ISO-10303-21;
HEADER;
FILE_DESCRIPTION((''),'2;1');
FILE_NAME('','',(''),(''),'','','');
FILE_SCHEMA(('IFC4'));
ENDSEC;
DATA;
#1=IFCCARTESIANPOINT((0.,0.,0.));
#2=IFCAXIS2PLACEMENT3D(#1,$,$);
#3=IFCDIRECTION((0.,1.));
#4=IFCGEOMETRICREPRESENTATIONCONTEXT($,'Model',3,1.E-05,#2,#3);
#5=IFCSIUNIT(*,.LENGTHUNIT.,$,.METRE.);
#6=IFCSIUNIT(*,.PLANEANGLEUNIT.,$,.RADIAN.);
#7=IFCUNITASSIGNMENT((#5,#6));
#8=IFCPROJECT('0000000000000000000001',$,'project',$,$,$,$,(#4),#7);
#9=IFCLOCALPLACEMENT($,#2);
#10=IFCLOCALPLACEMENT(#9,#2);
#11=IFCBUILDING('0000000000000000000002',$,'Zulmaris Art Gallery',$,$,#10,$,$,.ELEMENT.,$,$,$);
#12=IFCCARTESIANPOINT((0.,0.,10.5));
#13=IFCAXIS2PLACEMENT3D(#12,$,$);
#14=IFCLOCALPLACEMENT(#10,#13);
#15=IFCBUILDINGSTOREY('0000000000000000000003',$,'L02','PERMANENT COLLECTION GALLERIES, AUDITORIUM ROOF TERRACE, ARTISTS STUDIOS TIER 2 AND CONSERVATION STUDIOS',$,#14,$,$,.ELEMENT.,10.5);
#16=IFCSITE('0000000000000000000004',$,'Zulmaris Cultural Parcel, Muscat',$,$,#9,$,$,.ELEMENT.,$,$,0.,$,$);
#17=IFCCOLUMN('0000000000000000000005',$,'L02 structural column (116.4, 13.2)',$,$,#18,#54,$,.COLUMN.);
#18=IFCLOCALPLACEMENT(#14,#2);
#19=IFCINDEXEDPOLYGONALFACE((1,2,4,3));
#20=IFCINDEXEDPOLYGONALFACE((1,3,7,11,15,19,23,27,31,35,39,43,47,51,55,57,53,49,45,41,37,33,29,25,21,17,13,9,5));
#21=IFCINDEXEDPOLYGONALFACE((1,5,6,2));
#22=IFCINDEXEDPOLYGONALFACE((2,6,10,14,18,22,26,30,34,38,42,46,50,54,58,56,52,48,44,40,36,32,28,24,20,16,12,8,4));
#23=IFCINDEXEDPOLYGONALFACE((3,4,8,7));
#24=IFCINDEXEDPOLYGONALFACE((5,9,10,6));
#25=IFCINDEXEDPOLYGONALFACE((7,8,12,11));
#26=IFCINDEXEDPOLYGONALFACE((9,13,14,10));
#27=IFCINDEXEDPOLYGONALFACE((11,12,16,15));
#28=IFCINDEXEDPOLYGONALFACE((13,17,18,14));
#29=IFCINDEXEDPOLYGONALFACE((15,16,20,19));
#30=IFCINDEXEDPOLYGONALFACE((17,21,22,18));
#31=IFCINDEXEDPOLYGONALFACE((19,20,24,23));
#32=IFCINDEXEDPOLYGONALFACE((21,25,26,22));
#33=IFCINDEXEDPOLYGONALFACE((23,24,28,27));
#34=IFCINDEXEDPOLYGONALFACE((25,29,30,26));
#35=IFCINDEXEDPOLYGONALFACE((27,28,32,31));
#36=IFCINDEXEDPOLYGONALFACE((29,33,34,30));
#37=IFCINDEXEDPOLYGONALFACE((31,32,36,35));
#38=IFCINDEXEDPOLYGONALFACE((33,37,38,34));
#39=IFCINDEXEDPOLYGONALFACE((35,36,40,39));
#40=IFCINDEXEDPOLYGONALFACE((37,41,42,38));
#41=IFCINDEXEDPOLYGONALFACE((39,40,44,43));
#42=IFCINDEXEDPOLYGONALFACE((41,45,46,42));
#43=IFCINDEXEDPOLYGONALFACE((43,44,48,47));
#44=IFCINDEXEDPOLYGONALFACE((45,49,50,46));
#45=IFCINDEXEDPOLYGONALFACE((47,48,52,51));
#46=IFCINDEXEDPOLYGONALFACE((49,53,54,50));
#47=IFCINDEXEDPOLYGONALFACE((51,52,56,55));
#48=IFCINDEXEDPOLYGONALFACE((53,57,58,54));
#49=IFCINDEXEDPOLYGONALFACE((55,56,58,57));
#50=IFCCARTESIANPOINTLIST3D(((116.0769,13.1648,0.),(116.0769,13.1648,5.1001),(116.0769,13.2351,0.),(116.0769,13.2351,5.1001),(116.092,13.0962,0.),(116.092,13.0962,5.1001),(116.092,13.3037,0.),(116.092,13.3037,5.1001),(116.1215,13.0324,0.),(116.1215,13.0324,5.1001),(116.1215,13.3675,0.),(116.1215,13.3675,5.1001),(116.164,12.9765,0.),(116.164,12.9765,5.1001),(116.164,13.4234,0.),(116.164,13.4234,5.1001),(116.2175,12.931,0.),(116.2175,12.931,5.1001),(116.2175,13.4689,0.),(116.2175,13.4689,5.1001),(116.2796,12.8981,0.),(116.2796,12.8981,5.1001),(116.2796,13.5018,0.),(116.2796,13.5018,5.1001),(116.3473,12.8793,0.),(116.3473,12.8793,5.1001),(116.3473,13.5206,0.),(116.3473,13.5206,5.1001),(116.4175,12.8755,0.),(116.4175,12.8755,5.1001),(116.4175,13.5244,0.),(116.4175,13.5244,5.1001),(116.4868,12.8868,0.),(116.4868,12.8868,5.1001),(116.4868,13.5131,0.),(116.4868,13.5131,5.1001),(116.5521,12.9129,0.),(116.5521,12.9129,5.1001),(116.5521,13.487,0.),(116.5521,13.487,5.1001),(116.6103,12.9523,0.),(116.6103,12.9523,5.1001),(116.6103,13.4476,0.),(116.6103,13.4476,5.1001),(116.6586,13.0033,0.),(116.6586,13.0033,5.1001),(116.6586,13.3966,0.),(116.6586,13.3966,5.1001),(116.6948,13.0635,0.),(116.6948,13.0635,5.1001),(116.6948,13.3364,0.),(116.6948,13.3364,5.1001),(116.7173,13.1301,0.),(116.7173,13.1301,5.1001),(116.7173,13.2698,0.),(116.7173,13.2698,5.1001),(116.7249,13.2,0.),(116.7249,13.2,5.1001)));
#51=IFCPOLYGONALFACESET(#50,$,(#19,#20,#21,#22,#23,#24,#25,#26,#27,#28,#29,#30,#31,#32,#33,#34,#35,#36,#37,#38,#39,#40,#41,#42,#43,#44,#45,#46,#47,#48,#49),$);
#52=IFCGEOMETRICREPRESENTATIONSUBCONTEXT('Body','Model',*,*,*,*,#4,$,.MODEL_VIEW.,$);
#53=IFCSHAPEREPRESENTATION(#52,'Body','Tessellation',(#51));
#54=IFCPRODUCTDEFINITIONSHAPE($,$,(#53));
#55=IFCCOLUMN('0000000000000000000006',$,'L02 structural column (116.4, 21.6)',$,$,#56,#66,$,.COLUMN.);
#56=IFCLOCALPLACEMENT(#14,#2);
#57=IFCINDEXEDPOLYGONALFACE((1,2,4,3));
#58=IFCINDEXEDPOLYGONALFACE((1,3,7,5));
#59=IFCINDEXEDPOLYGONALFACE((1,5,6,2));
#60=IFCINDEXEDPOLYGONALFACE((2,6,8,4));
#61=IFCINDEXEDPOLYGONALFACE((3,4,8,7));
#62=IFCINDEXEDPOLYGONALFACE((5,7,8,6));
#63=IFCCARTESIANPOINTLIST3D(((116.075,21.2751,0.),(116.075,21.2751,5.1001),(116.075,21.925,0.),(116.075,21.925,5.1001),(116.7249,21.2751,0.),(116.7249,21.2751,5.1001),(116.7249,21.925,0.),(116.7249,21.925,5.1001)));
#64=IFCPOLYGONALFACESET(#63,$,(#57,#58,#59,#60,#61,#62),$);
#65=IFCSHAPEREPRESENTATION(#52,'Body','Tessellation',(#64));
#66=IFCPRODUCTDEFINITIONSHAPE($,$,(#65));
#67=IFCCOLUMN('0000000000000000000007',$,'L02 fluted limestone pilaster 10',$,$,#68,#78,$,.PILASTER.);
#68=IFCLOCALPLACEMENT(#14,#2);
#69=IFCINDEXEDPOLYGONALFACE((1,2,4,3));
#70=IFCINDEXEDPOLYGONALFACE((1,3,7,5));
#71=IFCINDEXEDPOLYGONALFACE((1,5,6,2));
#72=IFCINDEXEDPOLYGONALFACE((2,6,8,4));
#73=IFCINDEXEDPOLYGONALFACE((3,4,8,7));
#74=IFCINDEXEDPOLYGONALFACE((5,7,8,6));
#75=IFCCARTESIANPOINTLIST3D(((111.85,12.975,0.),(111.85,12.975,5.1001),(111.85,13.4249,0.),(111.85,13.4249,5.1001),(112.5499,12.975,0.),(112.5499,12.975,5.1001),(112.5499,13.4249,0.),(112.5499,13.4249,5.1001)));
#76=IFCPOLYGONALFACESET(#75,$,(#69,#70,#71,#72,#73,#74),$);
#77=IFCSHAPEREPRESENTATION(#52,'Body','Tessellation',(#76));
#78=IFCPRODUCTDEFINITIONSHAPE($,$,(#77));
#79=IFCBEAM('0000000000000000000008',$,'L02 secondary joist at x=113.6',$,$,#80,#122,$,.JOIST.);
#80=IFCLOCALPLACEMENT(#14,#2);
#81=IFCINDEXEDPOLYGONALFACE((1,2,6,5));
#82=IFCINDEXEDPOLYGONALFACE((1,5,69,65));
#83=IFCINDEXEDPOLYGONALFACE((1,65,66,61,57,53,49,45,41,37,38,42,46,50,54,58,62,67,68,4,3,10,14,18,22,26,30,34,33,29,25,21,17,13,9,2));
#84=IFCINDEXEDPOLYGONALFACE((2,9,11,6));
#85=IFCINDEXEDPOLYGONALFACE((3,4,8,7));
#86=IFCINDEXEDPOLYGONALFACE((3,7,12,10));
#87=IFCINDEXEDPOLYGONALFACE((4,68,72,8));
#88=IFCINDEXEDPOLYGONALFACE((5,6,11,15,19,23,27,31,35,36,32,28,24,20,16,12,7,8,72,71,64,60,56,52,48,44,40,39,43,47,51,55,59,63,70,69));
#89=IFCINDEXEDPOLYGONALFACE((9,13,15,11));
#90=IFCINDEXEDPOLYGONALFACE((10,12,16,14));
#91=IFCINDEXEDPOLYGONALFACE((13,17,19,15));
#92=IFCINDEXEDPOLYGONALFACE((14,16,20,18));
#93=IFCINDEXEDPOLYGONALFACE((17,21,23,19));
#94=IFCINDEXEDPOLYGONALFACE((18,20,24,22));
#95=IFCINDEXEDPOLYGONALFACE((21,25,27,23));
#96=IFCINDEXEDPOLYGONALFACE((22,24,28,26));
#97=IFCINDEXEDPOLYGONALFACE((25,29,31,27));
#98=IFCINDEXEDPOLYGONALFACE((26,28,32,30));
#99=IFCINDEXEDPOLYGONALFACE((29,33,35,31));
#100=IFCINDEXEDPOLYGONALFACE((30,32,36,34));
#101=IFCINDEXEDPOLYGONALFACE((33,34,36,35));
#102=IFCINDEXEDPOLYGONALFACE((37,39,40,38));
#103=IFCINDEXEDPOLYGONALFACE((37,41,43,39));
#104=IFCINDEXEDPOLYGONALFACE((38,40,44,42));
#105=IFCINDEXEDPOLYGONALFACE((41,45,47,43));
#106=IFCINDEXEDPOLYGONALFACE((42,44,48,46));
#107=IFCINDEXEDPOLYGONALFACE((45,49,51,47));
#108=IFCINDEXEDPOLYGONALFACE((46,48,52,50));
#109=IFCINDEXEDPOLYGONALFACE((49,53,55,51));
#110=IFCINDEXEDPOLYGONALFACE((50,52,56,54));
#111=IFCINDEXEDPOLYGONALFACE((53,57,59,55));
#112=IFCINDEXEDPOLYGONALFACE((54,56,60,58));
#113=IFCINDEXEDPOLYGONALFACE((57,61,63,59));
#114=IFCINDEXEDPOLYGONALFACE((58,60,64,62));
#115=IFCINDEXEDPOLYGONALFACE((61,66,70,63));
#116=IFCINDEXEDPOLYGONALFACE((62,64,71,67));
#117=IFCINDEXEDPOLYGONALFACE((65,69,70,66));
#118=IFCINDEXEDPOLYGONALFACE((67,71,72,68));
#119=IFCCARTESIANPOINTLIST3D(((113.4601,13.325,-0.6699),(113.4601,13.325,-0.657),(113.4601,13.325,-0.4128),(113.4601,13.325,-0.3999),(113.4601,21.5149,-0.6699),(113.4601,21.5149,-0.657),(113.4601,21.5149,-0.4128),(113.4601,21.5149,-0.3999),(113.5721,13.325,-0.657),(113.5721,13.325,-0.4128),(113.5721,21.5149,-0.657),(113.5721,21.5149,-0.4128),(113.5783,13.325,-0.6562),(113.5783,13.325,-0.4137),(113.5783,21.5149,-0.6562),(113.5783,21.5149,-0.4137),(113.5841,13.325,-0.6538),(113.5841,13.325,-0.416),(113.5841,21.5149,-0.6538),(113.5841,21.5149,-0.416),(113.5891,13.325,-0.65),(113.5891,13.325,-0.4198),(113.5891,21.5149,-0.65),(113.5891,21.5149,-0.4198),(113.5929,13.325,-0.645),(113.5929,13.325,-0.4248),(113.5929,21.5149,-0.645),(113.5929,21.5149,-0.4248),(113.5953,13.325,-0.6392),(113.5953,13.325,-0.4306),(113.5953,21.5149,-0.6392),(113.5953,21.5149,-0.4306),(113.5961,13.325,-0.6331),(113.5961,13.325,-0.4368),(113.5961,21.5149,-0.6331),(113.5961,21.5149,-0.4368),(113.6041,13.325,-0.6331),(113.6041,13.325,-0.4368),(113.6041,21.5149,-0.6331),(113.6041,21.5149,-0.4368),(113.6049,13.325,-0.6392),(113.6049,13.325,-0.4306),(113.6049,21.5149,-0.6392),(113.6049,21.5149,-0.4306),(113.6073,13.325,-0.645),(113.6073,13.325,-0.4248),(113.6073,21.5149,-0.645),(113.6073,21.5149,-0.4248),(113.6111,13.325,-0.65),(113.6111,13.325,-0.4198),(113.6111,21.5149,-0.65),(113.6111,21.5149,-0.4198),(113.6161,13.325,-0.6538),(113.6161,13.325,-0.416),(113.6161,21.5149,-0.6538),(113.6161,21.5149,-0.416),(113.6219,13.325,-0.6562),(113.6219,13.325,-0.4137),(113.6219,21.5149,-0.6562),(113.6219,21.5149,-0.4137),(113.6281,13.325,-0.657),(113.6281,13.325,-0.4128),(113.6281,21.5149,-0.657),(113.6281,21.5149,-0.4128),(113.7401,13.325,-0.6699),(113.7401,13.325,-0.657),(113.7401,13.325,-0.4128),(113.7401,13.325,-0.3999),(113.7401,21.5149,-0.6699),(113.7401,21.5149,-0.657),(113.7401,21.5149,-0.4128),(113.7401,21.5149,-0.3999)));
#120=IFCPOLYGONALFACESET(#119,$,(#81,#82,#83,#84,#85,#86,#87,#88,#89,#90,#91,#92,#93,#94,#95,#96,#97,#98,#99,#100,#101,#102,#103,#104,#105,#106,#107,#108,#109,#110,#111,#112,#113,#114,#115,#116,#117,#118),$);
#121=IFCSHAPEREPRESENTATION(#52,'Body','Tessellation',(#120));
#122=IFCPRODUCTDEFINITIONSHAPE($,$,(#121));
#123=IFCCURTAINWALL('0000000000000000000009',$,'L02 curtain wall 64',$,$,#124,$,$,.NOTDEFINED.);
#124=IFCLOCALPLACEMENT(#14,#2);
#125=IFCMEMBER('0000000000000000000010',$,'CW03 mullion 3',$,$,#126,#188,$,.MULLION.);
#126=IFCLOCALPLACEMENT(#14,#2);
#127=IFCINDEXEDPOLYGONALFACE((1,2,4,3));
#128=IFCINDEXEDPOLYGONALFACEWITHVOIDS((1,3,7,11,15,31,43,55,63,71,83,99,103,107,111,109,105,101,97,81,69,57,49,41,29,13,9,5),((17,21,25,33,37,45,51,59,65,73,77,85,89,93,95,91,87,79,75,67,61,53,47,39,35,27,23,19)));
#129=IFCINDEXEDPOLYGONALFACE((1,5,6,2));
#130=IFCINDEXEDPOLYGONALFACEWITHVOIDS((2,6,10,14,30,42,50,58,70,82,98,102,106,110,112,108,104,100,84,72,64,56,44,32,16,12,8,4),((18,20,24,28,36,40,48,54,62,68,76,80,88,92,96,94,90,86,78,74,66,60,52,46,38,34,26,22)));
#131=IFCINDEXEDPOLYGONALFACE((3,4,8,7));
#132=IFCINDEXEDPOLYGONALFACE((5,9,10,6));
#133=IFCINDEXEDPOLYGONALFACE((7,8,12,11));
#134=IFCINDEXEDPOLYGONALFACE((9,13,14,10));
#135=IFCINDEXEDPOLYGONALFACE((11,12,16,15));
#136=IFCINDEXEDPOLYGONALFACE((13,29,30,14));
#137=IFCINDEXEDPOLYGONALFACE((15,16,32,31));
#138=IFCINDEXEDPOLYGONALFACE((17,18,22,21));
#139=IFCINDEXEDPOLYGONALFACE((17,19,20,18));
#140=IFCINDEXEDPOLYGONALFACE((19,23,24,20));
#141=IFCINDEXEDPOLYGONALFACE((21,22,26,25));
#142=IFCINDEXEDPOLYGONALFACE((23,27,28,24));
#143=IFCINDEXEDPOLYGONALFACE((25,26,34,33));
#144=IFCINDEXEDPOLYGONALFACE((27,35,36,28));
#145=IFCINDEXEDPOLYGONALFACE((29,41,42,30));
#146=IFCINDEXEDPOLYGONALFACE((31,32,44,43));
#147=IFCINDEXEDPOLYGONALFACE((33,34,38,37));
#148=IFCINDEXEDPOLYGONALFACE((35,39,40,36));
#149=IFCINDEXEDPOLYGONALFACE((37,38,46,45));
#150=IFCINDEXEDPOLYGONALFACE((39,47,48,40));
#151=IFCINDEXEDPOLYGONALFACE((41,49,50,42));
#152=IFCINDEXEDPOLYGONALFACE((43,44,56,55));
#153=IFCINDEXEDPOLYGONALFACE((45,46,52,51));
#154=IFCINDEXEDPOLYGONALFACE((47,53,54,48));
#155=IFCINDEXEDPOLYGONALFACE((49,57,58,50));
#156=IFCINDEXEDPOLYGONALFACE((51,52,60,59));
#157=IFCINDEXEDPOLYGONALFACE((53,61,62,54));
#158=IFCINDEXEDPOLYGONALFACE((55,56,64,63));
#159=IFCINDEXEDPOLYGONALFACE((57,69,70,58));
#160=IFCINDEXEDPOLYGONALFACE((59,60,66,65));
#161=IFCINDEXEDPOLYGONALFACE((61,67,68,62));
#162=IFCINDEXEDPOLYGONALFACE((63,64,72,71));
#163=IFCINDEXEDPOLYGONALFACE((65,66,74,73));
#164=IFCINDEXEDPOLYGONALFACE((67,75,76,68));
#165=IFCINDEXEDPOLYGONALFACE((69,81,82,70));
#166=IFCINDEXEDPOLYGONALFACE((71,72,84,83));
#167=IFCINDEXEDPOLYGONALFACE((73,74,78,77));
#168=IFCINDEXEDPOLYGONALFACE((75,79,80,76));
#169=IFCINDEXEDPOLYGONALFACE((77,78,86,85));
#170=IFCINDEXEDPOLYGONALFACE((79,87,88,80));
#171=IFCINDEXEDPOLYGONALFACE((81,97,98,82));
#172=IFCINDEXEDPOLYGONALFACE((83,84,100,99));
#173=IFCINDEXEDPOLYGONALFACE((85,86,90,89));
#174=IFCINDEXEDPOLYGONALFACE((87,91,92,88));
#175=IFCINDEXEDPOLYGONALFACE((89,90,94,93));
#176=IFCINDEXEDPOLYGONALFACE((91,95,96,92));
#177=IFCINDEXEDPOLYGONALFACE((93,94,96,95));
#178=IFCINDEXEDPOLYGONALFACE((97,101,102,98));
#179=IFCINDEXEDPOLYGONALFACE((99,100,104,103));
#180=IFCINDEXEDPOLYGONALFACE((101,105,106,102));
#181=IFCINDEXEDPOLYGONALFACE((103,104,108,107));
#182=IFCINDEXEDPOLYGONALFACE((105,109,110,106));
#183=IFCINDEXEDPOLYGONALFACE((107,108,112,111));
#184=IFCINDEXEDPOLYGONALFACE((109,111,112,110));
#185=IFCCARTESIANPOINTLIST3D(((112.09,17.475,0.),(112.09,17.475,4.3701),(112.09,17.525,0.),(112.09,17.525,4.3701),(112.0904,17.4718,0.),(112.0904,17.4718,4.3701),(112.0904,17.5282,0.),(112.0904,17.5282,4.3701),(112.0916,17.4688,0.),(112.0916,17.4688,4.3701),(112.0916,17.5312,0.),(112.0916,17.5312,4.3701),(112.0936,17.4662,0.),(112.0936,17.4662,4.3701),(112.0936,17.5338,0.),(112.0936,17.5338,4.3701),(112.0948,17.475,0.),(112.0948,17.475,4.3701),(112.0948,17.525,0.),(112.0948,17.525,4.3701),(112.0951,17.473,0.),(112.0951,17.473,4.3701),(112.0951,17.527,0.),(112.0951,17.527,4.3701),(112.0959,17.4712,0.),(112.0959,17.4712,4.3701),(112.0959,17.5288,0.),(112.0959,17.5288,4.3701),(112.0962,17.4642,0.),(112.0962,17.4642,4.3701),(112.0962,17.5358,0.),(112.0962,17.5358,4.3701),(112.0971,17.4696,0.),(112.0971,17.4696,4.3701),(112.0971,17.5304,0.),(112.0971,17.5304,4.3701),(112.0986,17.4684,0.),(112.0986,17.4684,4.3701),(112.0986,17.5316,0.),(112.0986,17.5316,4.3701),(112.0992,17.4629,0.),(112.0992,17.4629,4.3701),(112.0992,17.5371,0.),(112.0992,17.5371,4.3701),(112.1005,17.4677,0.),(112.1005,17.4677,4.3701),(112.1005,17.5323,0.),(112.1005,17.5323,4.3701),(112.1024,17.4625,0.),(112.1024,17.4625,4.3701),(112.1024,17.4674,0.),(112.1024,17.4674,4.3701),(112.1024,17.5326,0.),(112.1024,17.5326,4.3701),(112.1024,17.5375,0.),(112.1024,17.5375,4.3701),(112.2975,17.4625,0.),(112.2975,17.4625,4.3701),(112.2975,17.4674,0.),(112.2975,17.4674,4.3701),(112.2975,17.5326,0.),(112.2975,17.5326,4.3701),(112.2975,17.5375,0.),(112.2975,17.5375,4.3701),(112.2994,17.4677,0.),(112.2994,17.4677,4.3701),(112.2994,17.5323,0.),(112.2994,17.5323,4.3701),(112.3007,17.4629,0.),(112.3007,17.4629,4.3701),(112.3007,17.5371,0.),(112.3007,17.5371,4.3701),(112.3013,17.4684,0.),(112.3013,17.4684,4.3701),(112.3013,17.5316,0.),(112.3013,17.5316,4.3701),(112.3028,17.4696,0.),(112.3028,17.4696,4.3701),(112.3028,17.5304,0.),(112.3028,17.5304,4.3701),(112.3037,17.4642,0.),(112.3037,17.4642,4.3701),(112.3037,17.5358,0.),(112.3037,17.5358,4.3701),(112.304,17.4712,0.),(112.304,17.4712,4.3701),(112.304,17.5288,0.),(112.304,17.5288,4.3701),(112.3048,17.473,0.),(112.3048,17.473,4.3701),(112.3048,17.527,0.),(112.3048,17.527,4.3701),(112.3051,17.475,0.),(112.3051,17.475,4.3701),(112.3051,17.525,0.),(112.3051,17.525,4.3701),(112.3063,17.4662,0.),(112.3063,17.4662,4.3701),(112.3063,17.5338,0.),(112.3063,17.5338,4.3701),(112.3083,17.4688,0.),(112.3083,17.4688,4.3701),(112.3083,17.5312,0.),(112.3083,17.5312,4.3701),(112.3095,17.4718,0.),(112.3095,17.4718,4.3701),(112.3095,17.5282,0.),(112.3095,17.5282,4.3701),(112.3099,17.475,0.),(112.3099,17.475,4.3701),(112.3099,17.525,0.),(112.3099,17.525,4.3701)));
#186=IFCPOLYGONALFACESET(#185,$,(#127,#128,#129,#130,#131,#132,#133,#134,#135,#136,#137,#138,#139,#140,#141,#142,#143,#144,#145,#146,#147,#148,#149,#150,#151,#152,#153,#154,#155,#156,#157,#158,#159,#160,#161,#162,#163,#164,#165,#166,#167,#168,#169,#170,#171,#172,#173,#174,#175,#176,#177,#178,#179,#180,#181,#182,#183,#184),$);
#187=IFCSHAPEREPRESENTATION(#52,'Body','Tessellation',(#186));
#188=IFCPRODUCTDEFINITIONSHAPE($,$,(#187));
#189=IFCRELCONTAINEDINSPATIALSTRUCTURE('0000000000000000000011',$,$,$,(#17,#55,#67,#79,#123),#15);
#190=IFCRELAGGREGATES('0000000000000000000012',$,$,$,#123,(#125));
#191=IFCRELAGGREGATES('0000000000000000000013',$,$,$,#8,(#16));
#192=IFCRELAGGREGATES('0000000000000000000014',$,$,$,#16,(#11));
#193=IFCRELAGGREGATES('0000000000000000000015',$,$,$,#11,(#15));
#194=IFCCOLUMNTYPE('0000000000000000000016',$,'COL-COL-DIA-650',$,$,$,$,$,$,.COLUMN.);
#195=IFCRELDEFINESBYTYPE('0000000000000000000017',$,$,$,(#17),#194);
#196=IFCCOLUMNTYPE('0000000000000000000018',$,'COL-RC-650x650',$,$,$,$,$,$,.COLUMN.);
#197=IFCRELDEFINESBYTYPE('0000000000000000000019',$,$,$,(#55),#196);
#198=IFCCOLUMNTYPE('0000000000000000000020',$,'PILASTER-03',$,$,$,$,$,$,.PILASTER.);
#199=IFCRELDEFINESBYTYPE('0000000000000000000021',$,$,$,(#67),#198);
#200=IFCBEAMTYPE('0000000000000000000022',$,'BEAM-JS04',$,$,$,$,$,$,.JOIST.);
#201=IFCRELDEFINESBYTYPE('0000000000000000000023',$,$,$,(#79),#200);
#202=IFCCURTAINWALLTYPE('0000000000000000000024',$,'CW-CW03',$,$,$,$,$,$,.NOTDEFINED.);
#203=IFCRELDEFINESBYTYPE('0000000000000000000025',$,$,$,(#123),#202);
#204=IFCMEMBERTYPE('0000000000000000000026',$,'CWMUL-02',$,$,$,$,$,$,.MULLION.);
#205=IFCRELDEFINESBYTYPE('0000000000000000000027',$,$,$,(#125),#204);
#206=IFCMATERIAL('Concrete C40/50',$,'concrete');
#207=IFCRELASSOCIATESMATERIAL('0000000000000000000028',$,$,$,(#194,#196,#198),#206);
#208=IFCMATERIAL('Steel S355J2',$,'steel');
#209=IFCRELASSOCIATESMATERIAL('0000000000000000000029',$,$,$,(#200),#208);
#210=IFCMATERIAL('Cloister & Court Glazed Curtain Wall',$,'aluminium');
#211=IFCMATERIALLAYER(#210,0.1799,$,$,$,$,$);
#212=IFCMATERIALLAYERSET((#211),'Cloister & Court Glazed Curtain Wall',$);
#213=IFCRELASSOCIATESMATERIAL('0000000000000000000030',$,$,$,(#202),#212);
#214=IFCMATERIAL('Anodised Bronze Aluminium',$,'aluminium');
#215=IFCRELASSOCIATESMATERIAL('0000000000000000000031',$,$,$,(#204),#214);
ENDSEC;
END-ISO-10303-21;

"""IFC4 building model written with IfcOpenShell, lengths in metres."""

from ifc_helpers import new_model, si_unit, direction, frame, origin, origin_2d, place, context, subcontext, project, spatial, rectangle, hollow_rectangle, circle, i_section, extrude, material, layer, layer_set, material_profile, profile_set, type_object, element, aggregate, save


model = new_model("IFC4")

# Units and contexts
model_context = context("Model", 3, precision=1e-05, world=origin(), true_north=direction((0.0, 1.0)))
body_context = subcontext(model_context, "Body", "Model", "MODEL_VIEW")
ifc_project = project(units=[si_unit("LENGTHUNIT", "METRE"), si_unit("PLANEANGLEUNIT", "RADIAN")], contexts=[model_context])

# Site, building, storey
site_placement = place(None, origin())
site = spatial("IfcSite", under=ifc_project, at=site_placement, Name="Zulmaris Cultural Parcel, Muscat", CompositionType="ELEMENT", RefElevation=0.0)
building_placement = place(site_placement, origin())
building = spatial("IfcBuilding", under=site, at=building_placement, Name="Zulmaris Art Gallery", CompositionType="ELEMENT")
storey_placement = place(building_placement, frame((0.0, 0.0, 10.5)))
storey = spatial("IfcBuildingStorey", under=building, at=storey_placement, Name="L02", Description="PERMANENT COLLECTION GALLERIES, AUDITORIUM ROOF TERRACE, ARTISTS STUDIOS TIER 2 AND CONSERVATION STUDIOS", CompositionType="ELEMENT", Elevation=10.5)

# Columns
ifc_material_1 = material(Name="Concrete C40/50", Category="concrete")
ifc_material_profile_1 = material_profile(ifc_material_1, circle(Radius=0.325, at=origin_2d()), Name="COL DIA 650")
ifc_profile_set_1 = profile_set([ifc_material_profile_1], Name="Concrete C40/50")
column_type_1 = type_object("IfcColumnType", Name="COL-COL-DIA-650", PredefinedType="COLUMN", material=ifc_profile_set_1)
column_1_placement = place(storey_placement, frame((116.3999, 13.2, 0.0), z_axis=(0.0, 0.0, 1.0), x_axis=(1.0, 0.0, 0.0)))
element("IfcColumn", 1, at=column_1_placement, inside=storey, type_object=column_type_1, Name="L02 structural column (116.4, 13.2)", PredefinedType="COLUMN", context=body_context, shape_type="SweptSolid", body=[
    extrude(circle(Radius=0.325, at=origin_2d()), origin(), (0.0, 0.0, 1.0), 5.1001),
])
ifc_material_profile_2 = material_profile(ifc_material_1, rectangle(XDim=0.6499, YDim=0.6499, at=origin_2d()), Name="RC 650x650")
ifc_profile_set_2 = profile_set([ifc_material_profile_2], Name="Concrete C40/50")
column_type_2 = type_object("IfcColumnType", Name="COL-RC-650x650", PredefinedType="COLUMN", material=ifc_profile_set_2)
column_2_placement = place(storey_placement, frame((116.3999, 21.6001, 0.0), z_axis=(0.0, 0.0, 1.0), x_axis=(1.0, 0.0, 0.0)))
element("IfcColumn", 2, at=column_2_placement, inside=storey, type_object=column_type_2, Name="L02 structural column (116.4, 21.6)", PredefinedType="COLUMN", context=body_context, shape_type="SweptSolid", body=[
    extrude(rectangle(XDim=0.6499, YDim=0.6499, at=origin_2d()), origin(), (0.0, 0.0, 1.0), 5.1001),
])
ifc_material_profile_3 = material_profile(ifc_material_1, rectangle(XDim=0.7, YDim=0.45, at=origin_2d()), Name="PIL 700x450")
ifc_profile_set_3 = profile_set([ifc_material_profile_3], Name="Concrete C40/50")
column_type_3 = type_object("IfcColumnType", Name="PILASTER-03", PredefinedType="PILASTER", material=ifc_profile_set_3)
column_3_placement = place(storey_placement, frame((112.2, 13.2, 0.0), z_axis=(0.0, 0.0, 1.0), x_axis=(1.0, 0.0, 0.0)))
element("IfcColumn", 3, at=column_3_placement, inside=storey, type_object=column_type_3, Name="L02 fluted limestone pilaster 10", PredefinedType="PILASTER", context=body_context, shape_type="SweptSolid", body=[
    extrude(rectangle(XDim=0.7, YDim=0.45, at=origin_2d()), origin(), (0.0, 0.0, 1.0), 5.1001),
])

# Beam
ifc_material_2 = material(Name="Steel S355J2", Category="steel")
ifc_material_profile_4 = material_profile(ifc_material_2, i_section(OverallWidth=0.28, OverallDepth=0.27, WebThickness=0.0081, FlangeThickness=0.0129, FilletRadius=0.0239, at=origin_2d()), Name="HEA 280")
ifc_profile_set_4 = profile_set([ifc_material_profile_4], Name="Steel S355J2")
beam_type = type_object("IfcBeamType", Name="BEAM-JS04", PredefinedType="JOIST", material=ifc_profile_set_4)
beam_placement = place(storey_placement, frame((113.6001, 13.325, -0.5349), z_axis=(0.0, 1.0, 0.0), x_axis=(-1.0, 0.0, 0.0)))
element("IfcBeam", 4, at=beam_placement, inside=storey, type_object=beam_type, Name="L02 secondary joist at x=113.6", PredefinedType="JOIST", context=body_context, shape_type="SweptSolid", body=[
    extrude(i_section(OverallWidth=0.28, OverallDepth=0.27, WebThickness=0.0081, FlangeThickness=0.0129, FilletRadius=0.0239, at=origin_2d()), origin(), (0.0, 0.0, 1.0), 8.1899),
])

# Curtain wall, member
ifc_material_3 = material(Name="Cloister & Court Glazed Curtain Wall", Category="aluminium")
ifc_layer_1 = layer(ifc_material_3, 0.1799)
ifc_layer_set_1 = layer_set([ifc_layer_1], Name="Cloister & Court Glazed Curtain Wall")
curtain_wall_type = type_object("IfcCurtainWallType", Name="CW-CW03", PredefinedType="NOTDEFINED", material=ifc_layer_set_1)
curtain_wall_1_placement = place(storey_placement, origin())
curtain_wall_1 = element("IfcCurtainWall", 5, at=curtain_wall_1_placement, inside=storey, type_object=curtain_wall_type, Name="L02 curtain wall 64", PredefinedType="NOTDEFINED")
ifc_material_4 = material(Name="Anodised Bronze Aluminium", Category="aluminium")
ifc_material_profile_5 = material_profile(ifc_material_4, hollow_rectangle(XDim=0.075, YDim=0.22, WallThickness=0.0049, InnerFilletRadius=0.0076, OuterFilletRadius=0.0125, at=origin_2d()), Name="ALU 75x220x5")
ifc_profile_set_5 = profile_set([ifc_material_profile_5], Name="Anodised Bronze Aluminium")
member_type_1 = type_object("IfcMemberType", Name="CWMUL-02", PredefinedType="MULLION", material=ifc_profile_set_5)
member_1_placement = place(storey_placement, frame((112.2, 17.5, 0.0), z_axis=(0.0, 0.0, 1.0), x_axis=(0.0, 1.0, 0.0)))
member_1 = element("IfcMember", 6, at=member_1_placement, type_object=member_type_1, Name="CW03 mullion 3", PredefinedType="MULLION", context=body_context, shape_type="SweptSolid", body=[
    extrude(hollow_rectangle(XDim=0.075, YDim=0.22, WallThickness=0.0049, InnerFilletRadius=0.0076, OuterFilletRadius=0.0125, at=origin_2d()), origin(), (0.0, 0.0, 1.0), 4.3701),
])

aggregate(curtain_wall_1, [member_1])

save(model, "model.ifc")
